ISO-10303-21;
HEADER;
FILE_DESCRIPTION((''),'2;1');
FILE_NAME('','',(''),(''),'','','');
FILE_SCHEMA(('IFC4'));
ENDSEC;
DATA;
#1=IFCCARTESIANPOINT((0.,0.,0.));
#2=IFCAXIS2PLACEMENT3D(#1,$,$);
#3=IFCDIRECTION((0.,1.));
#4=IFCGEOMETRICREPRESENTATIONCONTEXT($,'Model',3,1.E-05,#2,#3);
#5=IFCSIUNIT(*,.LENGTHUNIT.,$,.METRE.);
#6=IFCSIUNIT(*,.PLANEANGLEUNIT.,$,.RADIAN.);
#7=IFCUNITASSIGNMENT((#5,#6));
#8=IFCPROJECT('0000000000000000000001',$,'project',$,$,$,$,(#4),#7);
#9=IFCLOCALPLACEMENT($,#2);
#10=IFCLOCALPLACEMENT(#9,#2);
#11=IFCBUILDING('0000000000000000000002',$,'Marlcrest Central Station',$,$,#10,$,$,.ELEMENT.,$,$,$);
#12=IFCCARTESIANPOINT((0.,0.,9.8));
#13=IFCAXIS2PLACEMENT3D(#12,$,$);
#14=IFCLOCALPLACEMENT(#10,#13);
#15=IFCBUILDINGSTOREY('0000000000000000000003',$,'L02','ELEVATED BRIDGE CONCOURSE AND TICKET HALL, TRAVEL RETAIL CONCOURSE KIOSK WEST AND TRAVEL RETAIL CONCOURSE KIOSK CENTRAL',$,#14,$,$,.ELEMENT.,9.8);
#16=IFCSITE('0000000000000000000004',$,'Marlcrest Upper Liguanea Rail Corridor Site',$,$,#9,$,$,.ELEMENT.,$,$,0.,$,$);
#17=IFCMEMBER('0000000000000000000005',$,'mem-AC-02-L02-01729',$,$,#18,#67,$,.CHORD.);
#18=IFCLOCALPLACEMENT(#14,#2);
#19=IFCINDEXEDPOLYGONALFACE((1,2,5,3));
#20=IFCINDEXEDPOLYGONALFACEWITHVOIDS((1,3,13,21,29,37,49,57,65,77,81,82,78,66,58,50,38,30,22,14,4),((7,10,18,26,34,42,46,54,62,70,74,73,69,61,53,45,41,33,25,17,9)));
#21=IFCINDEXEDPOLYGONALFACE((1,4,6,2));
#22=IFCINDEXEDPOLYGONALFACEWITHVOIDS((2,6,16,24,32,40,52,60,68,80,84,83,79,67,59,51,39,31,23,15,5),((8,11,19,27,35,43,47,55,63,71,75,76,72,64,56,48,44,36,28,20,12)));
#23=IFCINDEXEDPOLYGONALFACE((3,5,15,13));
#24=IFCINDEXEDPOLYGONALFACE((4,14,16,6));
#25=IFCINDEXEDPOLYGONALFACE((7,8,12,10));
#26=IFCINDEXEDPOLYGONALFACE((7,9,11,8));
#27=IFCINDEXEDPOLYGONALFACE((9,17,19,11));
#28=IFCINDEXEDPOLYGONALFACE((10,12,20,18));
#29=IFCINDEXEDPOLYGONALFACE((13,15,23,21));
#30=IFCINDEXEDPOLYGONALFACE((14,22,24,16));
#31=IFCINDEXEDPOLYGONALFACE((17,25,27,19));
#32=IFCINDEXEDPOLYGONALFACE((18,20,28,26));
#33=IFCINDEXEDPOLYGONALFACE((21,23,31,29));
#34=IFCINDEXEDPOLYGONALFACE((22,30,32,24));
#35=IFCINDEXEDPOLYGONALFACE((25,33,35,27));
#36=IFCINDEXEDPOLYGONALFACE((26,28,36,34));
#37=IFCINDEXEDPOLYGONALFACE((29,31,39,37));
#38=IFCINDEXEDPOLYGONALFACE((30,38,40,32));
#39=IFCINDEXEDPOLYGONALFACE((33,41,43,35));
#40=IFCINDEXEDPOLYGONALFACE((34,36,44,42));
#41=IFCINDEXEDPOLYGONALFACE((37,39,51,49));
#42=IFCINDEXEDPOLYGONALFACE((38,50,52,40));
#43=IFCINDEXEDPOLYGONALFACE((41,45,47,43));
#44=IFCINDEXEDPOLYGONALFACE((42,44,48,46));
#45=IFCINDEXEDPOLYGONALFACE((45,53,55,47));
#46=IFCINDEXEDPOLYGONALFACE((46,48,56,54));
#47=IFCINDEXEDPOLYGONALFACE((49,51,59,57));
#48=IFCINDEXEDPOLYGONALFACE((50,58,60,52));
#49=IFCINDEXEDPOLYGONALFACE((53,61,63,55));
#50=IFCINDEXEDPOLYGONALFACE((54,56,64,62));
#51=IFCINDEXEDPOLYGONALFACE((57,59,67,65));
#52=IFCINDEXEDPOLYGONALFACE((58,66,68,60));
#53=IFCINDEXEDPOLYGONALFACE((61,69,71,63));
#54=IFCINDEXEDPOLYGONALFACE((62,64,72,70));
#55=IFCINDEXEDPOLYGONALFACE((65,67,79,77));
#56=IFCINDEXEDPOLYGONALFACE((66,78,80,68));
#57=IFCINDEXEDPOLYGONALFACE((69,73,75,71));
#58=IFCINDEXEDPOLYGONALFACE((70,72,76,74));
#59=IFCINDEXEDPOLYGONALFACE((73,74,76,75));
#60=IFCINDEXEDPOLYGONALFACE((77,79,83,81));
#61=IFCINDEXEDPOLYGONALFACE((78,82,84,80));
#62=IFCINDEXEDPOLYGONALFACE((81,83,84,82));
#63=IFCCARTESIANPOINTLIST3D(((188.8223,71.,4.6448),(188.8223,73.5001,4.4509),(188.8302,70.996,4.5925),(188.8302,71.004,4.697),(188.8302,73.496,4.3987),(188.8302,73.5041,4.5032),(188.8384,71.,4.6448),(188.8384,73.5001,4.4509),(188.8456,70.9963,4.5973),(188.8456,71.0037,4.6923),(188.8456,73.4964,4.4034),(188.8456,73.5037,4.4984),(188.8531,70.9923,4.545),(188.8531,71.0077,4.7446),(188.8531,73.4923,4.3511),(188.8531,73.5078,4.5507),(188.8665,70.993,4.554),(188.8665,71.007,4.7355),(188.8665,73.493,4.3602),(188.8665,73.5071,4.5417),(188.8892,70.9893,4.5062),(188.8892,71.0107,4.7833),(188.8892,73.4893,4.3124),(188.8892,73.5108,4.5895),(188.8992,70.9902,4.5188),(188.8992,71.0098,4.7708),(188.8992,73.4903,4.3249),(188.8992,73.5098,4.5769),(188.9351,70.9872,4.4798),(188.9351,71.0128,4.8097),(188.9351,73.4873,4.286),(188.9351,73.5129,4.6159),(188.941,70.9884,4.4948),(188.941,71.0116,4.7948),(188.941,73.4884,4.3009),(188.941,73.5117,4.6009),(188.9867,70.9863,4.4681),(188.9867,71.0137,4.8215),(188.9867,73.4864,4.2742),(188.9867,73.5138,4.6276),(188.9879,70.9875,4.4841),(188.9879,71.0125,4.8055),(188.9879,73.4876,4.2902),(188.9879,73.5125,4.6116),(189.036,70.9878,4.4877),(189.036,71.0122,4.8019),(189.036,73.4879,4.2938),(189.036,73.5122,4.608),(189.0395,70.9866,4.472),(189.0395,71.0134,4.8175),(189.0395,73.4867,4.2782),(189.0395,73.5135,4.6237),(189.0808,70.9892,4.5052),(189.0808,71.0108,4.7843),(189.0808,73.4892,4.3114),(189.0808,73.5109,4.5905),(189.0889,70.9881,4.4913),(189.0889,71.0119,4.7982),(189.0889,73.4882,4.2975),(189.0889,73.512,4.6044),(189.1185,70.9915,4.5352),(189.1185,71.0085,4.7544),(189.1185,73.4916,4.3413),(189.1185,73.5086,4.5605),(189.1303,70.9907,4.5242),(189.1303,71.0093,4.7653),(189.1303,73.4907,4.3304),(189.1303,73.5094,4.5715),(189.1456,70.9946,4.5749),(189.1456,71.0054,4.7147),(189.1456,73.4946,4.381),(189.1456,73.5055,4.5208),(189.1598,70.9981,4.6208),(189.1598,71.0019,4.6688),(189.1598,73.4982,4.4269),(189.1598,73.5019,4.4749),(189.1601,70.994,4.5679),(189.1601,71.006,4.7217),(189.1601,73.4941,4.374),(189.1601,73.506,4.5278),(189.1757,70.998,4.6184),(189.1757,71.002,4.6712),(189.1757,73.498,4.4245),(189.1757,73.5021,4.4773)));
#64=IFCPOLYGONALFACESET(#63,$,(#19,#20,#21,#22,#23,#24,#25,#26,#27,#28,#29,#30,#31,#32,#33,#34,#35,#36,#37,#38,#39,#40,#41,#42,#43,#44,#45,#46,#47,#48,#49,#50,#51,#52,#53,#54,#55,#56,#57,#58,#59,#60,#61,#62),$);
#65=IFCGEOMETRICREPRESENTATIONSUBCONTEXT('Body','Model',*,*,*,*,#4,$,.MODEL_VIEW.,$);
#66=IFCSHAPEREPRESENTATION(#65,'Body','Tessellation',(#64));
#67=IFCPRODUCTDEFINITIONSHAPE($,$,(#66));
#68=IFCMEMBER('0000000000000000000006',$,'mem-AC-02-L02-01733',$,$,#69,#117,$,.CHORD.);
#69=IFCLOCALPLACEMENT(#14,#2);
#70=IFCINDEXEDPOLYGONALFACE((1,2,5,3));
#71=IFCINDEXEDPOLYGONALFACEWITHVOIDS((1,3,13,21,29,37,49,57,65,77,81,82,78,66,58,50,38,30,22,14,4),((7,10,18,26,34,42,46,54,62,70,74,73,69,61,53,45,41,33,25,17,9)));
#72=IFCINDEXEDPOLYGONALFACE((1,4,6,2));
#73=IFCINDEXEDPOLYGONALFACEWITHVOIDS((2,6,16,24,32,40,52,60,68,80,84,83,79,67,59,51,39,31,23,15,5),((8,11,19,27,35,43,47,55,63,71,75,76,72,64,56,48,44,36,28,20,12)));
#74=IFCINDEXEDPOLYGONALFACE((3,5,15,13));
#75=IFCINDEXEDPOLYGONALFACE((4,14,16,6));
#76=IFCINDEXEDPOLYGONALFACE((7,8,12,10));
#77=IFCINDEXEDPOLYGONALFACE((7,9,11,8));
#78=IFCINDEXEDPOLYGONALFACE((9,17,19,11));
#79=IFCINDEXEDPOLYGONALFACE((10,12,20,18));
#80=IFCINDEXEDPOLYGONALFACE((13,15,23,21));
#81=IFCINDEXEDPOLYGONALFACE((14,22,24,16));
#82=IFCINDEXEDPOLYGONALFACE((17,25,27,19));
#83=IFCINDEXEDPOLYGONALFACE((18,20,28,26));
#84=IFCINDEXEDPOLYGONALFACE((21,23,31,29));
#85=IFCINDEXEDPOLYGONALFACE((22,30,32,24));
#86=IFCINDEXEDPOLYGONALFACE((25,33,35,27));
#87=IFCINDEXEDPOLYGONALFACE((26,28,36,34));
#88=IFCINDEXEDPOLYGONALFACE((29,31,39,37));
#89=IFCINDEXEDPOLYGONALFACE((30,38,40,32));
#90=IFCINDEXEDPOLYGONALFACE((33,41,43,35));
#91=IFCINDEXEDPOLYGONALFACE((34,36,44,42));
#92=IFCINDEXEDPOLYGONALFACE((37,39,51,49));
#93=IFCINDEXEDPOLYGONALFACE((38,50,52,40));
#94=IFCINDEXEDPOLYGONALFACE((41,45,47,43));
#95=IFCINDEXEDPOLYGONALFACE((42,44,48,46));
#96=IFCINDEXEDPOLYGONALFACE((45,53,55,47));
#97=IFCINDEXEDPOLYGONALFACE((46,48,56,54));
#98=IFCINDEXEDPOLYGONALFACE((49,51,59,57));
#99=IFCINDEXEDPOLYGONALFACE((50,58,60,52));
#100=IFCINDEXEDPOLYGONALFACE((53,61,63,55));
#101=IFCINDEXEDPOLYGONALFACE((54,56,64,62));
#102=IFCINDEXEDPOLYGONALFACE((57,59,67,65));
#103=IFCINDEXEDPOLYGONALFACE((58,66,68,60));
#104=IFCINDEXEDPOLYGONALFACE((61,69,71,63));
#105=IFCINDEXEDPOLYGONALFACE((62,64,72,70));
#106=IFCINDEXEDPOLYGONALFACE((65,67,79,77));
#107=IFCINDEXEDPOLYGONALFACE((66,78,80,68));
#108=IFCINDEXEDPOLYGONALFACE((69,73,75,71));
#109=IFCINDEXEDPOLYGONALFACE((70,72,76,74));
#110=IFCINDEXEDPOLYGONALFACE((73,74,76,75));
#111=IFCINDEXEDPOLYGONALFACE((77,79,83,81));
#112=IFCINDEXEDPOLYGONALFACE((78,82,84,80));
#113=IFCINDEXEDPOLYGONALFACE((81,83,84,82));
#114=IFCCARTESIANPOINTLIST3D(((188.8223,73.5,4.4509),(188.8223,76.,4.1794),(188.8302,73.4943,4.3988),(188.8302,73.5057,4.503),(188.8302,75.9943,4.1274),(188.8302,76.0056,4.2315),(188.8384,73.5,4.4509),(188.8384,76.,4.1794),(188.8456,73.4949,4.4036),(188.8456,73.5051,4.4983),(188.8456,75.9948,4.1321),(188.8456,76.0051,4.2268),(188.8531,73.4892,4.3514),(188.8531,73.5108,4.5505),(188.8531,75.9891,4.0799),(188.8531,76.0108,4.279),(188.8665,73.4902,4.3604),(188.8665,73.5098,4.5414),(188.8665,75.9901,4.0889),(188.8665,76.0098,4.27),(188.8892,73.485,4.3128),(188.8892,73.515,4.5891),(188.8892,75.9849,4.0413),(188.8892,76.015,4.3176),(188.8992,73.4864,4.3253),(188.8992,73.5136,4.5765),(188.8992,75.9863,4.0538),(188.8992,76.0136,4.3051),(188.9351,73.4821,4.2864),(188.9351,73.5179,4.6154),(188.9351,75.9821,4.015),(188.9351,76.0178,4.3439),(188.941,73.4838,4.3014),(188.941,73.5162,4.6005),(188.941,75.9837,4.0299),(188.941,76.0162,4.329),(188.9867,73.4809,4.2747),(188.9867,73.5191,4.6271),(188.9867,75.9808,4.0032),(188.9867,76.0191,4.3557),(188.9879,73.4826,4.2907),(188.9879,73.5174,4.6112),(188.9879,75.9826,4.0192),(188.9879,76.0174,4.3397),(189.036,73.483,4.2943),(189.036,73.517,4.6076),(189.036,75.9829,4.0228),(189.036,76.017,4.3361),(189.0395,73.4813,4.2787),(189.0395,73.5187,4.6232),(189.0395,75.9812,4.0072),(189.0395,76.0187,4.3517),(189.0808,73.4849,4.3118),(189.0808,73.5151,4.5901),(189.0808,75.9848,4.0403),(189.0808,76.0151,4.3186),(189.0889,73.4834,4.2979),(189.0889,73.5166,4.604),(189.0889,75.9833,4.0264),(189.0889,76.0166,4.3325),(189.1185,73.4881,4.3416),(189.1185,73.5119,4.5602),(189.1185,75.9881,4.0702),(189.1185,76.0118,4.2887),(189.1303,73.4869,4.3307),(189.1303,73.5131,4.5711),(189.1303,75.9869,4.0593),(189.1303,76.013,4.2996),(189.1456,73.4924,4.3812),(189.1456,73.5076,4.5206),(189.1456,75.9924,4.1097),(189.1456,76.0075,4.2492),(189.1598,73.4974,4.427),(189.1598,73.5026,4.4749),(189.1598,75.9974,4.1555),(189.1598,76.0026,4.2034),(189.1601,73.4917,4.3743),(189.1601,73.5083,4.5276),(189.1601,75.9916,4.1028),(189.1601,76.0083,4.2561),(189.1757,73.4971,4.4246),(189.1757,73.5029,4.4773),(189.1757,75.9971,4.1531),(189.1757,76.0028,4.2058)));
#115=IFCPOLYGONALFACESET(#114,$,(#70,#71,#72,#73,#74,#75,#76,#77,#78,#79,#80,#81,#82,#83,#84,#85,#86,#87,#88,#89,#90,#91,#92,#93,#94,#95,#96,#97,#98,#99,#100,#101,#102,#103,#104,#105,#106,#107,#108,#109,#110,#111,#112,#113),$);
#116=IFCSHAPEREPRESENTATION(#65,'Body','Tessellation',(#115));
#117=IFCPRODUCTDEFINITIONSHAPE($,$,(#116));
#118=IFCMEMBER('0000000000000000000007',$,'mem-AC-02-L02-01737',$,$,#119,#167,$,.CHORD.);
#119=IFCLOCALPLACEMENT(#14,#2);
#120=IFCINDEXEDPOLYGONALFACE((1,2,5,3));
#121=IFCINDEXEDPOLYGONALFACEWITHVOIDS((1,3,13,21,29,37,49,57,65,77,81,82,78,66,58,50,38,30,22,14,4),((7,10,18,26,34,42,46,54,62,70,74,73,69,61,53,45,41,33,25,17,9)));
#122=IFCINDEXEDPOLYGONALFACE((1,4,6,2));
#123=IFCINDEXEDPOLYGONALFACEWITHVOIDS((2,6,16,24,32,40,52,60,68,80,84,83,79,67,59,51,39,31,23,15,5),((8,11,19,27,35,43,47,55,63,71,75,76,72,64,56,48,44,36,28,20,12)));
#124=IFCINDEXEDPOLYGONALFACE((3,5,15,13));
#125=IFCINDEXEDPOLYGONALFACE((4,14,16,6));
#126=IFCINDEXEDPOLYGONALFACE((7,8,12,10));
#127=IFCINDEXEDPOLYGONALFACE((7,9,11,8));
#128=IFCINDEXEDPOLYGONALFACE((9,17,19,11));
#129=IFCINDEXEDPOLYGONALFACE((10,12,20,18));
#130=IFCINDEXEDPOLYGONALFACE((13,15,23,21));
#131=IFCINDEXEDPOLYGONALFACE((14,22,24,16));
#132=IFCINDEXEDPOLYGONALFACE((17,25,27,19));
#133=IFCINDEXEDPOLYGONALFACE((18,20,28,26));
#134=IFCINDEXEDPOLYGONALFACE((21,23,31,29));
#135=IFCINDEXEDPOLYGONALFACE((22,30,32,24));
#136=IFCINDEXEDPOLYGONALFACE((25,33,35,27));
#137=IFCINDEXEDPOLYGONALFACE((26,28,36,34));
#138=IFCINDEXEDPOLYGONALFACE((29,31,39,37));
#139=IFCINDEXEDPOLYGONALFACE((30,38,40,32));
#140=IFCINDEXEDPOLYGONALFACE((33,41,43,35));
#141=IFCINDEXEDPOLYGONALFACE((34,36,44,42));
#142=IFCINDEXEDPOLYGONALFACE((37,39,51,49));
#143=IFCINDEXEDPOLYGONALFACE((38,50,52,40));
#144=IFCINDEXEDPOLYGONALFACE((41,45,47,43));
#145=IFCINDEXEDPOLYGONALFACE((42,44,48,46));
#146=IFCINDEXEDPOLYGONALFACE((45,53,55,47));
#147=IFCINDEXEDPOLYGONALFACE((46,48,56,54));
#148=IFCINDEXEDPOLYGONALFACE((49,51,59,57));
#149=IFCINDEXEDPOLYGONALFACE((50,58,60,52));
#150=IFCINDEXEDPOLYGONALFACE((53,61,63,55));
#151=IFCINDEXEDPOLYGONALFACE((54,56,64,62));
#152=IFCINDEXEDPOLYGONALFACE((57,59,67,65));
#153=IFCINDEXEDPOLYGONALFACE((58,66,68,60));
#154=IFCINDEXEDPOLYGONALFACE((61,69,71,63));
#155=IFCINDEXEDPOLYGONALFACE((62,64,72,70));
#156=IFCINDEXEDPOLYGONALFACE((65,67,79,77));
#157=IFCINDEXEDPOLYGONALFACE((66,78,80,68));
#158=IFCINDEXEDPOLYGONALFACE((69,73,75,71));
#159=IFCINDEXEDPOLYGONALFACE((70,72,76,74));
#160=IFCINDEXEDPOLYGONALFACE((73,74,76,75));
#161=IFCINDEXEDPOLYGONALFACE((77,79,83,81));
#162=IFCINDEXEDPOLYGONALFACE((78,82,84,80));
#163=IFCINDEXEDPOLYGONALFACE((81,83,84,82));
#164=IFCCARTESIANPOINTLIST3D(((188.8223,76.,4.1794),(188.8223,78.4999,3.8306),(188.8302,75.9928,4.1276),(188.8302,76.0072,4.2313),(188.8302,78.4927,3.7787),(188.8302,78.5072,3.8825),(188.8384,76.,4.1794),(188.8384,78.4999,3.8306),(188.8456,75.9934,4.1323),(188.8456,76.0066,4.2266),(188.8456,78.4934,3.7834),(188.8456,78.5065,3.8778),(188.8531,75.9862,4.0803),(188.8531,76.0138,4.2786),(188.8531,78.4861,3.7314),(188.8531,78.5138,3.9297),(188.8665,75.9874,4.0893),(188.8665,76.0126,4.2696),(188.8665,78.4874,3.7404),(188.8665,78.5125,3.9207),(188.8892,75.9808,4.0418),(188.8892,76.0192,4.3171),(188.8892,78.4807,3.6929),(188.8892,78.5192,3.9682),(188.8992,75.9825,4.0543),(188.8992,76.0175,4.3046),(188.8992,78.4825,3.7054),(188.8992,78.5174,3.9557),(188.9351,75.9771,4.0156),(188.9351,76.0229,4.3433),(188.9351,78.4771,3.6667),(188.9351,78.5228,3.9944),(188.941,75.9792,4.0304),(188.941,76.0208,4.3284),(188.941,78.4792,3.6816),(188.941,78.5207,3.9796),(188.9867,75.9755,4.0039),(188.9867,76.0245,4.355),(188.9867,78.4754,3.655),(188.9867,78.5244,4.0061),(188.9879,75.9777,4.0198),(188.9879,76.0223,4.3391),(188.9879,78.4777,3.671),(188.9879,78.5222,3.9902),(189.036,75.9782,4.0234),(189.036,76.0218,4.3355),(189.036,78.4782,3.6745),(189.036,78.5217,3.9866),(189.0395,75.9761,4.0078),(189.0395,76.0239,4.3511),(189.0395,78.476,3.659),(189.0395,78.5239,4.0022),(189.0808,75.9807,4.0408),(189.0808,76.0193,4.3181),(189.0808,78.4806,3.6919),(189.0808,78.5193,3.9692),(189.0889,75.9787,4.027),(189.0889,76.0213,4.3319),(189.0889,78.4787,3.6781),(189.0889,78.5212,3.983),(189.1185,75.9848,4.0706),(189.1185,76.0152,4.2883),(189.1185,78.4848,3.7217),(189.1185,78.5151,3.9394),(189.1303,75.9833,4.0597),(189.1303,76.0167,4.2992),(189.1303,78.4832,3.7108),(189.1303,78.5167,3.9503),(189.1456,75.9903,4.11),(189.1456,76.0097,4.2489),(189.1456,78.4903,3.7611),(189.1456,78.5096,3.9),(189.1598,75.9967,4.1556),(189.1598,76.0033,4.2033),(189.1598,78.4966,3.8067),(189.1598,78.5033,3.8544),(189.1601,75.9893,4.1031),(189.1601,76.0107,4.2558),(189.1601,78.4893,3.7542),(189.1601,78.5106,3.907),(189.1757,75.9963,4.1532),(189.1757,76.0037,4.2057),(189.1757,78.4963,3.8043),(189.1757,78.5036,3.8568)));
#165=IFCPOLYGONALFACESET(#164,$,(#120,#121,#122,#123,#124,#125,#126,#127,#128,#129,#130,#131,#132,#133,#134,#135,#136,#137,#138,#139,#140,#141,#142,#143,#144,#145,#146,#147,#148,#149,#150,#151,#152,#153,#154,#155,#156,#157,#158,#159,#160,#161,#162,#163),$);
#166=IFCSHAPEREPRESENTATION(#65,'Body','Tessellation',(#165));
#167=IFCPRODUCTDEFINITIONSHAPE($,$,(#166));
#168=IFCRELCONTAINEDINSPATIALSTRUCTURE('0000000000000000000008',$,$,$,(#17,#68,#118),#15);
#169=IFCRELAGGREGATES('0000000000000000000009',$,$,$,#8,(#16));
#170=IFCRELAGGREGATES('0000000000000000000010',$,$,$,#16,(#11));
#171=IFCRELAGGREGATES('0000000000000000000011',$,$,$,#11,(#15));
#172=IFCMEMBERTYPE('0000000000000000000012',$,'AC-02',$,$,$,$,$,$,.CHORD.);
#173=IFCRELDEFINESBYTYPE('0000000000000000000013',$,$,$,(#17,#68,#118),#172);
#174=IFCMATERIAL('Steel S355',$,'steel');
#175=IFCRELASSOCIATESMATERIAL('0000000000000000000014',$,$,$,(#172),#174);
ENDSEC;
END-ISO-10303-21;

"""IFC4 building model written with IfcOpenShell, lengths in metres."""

from ifc_helpers import new_model, si_unit, direction, frame, origin, origin_2d, place, context, subcontext, project, spatial, hollow_circle, extrude, material, material_profile, profile_set, type_object, element, save


model = new_model("IFC4")

# Units and contexts
model_context = context("Model", 3, precision=1e-05, world=origin(), true_north=direction((0.0, 1.0)))
body_context = subcontext(model_context, "Body", "Model", "MODEL_VIEW")
ifc_project = project(units=[si_unit("LENGTHUNIT", "METRE"), si_unit("PLANEANGLEUNIT", "RADIAN")], contexts=[model_context])

# Site, building, storey
site_placement = place(None, origin())
site = spatial("IfcSite", under=ifc_project, at=site_placement, Name="Marlcrest Upper Liguanea Rail Corridor Site", CompositionType="ELEMENT", RefElevation=0.0)
building_placement = place(site_placement, origin())
building = spatial("IfcBuilding", under=site, at=building_placement, Name="Marlcrest Central Station", CompositionType="ELEMENT")
storey_placement = place(building_placement, frame((0.0, 0.0, 9.8)))
storey = spatial("IfcBuildingStorey", under=building, at=storey_placement, Name="L02", Description="ELEVATED BRIDGE CONCOURSE AND TICKET HALL, TRAVEL RETAIL CONCOURSE KIOSK WEST AND TRAVEL RETAIL CONCOURSE KIOSK CENTRAL", CompositionType="ELEMENT", Elevation=9.8)

# Members
ifc_material = material(Name="Steel S355", Category="steel")
ifc_material_profile_1 = material_profile(ifc_material, hollow_circle(Radius=0.1777, WallThickness=0.0161, at=origin_2d()), Name="CHS 355.6x16")
ifc_profile_set_1 = profile_set([ifc_material_profile_1], Name="Steel S355")
member_type_1 = type_object("IfcMemberType", Name="AC-02", PredefinedType="CHORD", material=ifc_profile_set_1)
member_1_placement = place(storey_placement, frame((189.0, 71.0, 4.6448), z_axis=(0.0, 0.997007, -0.077307), x_axis=(-1.0, 0.0, 0.0)))
element("IfcMember", 1, at=member_1_placement, inside=storey, type_object=member_type_1, Name="mem-AC-02-L02-01729", PredefinedType="CHORD", context=body_context, shape_type="SweptSolid", body=[
    extrude(hollow_circle(Radius=0.1777, WallThickness=0.0161, at=origin_2d()), origin(), (0.0, 0.0, 1.0), 2.5076),
])
member_2_placement = place(storey_placement, frame((189.0, 73.5, 4.4509), z_axis=(0.0, 0.994155, -0.107959), x_axis=(-1.0, 0.0, 0.0)))
element("IfcMember", 2, at=member_2_placement, inside=storey, type_object=member_type_1, Name="mem-AC-02-L02-01733", PredefinedType="CHORD", context=body_context, shape_type="SweptSolid", body=[
    extrude(hollow_circle(Radius=0.1777, WallThickness=0.0161, at=origin_2d()), origin(), (0.0, 0.0, 1.0), 2.5146),
])
member_3_placement = place(storey_placement, frame((189.0, 76.0, 4.1794), z_axis=(0.0, 0.990403, -0.138211), x_axis=(-1.0, 0.0, 0.0)))
element("IfcMember", 3, at=member_3_placement, inside=storey, type_object=member_type_1, Name="mem-AC-02-L02-01737", PredefinedType="CHORD", context=body_context, shape_type="SweptSolid", body=[
    extrude(hollow_circle(Radius=0.1777, WallThickness=0.0161, at=origin_2d()), origin(), (0.0, 0.0, 1.0), 2.5242),
])

save(model, "model.ifc")
